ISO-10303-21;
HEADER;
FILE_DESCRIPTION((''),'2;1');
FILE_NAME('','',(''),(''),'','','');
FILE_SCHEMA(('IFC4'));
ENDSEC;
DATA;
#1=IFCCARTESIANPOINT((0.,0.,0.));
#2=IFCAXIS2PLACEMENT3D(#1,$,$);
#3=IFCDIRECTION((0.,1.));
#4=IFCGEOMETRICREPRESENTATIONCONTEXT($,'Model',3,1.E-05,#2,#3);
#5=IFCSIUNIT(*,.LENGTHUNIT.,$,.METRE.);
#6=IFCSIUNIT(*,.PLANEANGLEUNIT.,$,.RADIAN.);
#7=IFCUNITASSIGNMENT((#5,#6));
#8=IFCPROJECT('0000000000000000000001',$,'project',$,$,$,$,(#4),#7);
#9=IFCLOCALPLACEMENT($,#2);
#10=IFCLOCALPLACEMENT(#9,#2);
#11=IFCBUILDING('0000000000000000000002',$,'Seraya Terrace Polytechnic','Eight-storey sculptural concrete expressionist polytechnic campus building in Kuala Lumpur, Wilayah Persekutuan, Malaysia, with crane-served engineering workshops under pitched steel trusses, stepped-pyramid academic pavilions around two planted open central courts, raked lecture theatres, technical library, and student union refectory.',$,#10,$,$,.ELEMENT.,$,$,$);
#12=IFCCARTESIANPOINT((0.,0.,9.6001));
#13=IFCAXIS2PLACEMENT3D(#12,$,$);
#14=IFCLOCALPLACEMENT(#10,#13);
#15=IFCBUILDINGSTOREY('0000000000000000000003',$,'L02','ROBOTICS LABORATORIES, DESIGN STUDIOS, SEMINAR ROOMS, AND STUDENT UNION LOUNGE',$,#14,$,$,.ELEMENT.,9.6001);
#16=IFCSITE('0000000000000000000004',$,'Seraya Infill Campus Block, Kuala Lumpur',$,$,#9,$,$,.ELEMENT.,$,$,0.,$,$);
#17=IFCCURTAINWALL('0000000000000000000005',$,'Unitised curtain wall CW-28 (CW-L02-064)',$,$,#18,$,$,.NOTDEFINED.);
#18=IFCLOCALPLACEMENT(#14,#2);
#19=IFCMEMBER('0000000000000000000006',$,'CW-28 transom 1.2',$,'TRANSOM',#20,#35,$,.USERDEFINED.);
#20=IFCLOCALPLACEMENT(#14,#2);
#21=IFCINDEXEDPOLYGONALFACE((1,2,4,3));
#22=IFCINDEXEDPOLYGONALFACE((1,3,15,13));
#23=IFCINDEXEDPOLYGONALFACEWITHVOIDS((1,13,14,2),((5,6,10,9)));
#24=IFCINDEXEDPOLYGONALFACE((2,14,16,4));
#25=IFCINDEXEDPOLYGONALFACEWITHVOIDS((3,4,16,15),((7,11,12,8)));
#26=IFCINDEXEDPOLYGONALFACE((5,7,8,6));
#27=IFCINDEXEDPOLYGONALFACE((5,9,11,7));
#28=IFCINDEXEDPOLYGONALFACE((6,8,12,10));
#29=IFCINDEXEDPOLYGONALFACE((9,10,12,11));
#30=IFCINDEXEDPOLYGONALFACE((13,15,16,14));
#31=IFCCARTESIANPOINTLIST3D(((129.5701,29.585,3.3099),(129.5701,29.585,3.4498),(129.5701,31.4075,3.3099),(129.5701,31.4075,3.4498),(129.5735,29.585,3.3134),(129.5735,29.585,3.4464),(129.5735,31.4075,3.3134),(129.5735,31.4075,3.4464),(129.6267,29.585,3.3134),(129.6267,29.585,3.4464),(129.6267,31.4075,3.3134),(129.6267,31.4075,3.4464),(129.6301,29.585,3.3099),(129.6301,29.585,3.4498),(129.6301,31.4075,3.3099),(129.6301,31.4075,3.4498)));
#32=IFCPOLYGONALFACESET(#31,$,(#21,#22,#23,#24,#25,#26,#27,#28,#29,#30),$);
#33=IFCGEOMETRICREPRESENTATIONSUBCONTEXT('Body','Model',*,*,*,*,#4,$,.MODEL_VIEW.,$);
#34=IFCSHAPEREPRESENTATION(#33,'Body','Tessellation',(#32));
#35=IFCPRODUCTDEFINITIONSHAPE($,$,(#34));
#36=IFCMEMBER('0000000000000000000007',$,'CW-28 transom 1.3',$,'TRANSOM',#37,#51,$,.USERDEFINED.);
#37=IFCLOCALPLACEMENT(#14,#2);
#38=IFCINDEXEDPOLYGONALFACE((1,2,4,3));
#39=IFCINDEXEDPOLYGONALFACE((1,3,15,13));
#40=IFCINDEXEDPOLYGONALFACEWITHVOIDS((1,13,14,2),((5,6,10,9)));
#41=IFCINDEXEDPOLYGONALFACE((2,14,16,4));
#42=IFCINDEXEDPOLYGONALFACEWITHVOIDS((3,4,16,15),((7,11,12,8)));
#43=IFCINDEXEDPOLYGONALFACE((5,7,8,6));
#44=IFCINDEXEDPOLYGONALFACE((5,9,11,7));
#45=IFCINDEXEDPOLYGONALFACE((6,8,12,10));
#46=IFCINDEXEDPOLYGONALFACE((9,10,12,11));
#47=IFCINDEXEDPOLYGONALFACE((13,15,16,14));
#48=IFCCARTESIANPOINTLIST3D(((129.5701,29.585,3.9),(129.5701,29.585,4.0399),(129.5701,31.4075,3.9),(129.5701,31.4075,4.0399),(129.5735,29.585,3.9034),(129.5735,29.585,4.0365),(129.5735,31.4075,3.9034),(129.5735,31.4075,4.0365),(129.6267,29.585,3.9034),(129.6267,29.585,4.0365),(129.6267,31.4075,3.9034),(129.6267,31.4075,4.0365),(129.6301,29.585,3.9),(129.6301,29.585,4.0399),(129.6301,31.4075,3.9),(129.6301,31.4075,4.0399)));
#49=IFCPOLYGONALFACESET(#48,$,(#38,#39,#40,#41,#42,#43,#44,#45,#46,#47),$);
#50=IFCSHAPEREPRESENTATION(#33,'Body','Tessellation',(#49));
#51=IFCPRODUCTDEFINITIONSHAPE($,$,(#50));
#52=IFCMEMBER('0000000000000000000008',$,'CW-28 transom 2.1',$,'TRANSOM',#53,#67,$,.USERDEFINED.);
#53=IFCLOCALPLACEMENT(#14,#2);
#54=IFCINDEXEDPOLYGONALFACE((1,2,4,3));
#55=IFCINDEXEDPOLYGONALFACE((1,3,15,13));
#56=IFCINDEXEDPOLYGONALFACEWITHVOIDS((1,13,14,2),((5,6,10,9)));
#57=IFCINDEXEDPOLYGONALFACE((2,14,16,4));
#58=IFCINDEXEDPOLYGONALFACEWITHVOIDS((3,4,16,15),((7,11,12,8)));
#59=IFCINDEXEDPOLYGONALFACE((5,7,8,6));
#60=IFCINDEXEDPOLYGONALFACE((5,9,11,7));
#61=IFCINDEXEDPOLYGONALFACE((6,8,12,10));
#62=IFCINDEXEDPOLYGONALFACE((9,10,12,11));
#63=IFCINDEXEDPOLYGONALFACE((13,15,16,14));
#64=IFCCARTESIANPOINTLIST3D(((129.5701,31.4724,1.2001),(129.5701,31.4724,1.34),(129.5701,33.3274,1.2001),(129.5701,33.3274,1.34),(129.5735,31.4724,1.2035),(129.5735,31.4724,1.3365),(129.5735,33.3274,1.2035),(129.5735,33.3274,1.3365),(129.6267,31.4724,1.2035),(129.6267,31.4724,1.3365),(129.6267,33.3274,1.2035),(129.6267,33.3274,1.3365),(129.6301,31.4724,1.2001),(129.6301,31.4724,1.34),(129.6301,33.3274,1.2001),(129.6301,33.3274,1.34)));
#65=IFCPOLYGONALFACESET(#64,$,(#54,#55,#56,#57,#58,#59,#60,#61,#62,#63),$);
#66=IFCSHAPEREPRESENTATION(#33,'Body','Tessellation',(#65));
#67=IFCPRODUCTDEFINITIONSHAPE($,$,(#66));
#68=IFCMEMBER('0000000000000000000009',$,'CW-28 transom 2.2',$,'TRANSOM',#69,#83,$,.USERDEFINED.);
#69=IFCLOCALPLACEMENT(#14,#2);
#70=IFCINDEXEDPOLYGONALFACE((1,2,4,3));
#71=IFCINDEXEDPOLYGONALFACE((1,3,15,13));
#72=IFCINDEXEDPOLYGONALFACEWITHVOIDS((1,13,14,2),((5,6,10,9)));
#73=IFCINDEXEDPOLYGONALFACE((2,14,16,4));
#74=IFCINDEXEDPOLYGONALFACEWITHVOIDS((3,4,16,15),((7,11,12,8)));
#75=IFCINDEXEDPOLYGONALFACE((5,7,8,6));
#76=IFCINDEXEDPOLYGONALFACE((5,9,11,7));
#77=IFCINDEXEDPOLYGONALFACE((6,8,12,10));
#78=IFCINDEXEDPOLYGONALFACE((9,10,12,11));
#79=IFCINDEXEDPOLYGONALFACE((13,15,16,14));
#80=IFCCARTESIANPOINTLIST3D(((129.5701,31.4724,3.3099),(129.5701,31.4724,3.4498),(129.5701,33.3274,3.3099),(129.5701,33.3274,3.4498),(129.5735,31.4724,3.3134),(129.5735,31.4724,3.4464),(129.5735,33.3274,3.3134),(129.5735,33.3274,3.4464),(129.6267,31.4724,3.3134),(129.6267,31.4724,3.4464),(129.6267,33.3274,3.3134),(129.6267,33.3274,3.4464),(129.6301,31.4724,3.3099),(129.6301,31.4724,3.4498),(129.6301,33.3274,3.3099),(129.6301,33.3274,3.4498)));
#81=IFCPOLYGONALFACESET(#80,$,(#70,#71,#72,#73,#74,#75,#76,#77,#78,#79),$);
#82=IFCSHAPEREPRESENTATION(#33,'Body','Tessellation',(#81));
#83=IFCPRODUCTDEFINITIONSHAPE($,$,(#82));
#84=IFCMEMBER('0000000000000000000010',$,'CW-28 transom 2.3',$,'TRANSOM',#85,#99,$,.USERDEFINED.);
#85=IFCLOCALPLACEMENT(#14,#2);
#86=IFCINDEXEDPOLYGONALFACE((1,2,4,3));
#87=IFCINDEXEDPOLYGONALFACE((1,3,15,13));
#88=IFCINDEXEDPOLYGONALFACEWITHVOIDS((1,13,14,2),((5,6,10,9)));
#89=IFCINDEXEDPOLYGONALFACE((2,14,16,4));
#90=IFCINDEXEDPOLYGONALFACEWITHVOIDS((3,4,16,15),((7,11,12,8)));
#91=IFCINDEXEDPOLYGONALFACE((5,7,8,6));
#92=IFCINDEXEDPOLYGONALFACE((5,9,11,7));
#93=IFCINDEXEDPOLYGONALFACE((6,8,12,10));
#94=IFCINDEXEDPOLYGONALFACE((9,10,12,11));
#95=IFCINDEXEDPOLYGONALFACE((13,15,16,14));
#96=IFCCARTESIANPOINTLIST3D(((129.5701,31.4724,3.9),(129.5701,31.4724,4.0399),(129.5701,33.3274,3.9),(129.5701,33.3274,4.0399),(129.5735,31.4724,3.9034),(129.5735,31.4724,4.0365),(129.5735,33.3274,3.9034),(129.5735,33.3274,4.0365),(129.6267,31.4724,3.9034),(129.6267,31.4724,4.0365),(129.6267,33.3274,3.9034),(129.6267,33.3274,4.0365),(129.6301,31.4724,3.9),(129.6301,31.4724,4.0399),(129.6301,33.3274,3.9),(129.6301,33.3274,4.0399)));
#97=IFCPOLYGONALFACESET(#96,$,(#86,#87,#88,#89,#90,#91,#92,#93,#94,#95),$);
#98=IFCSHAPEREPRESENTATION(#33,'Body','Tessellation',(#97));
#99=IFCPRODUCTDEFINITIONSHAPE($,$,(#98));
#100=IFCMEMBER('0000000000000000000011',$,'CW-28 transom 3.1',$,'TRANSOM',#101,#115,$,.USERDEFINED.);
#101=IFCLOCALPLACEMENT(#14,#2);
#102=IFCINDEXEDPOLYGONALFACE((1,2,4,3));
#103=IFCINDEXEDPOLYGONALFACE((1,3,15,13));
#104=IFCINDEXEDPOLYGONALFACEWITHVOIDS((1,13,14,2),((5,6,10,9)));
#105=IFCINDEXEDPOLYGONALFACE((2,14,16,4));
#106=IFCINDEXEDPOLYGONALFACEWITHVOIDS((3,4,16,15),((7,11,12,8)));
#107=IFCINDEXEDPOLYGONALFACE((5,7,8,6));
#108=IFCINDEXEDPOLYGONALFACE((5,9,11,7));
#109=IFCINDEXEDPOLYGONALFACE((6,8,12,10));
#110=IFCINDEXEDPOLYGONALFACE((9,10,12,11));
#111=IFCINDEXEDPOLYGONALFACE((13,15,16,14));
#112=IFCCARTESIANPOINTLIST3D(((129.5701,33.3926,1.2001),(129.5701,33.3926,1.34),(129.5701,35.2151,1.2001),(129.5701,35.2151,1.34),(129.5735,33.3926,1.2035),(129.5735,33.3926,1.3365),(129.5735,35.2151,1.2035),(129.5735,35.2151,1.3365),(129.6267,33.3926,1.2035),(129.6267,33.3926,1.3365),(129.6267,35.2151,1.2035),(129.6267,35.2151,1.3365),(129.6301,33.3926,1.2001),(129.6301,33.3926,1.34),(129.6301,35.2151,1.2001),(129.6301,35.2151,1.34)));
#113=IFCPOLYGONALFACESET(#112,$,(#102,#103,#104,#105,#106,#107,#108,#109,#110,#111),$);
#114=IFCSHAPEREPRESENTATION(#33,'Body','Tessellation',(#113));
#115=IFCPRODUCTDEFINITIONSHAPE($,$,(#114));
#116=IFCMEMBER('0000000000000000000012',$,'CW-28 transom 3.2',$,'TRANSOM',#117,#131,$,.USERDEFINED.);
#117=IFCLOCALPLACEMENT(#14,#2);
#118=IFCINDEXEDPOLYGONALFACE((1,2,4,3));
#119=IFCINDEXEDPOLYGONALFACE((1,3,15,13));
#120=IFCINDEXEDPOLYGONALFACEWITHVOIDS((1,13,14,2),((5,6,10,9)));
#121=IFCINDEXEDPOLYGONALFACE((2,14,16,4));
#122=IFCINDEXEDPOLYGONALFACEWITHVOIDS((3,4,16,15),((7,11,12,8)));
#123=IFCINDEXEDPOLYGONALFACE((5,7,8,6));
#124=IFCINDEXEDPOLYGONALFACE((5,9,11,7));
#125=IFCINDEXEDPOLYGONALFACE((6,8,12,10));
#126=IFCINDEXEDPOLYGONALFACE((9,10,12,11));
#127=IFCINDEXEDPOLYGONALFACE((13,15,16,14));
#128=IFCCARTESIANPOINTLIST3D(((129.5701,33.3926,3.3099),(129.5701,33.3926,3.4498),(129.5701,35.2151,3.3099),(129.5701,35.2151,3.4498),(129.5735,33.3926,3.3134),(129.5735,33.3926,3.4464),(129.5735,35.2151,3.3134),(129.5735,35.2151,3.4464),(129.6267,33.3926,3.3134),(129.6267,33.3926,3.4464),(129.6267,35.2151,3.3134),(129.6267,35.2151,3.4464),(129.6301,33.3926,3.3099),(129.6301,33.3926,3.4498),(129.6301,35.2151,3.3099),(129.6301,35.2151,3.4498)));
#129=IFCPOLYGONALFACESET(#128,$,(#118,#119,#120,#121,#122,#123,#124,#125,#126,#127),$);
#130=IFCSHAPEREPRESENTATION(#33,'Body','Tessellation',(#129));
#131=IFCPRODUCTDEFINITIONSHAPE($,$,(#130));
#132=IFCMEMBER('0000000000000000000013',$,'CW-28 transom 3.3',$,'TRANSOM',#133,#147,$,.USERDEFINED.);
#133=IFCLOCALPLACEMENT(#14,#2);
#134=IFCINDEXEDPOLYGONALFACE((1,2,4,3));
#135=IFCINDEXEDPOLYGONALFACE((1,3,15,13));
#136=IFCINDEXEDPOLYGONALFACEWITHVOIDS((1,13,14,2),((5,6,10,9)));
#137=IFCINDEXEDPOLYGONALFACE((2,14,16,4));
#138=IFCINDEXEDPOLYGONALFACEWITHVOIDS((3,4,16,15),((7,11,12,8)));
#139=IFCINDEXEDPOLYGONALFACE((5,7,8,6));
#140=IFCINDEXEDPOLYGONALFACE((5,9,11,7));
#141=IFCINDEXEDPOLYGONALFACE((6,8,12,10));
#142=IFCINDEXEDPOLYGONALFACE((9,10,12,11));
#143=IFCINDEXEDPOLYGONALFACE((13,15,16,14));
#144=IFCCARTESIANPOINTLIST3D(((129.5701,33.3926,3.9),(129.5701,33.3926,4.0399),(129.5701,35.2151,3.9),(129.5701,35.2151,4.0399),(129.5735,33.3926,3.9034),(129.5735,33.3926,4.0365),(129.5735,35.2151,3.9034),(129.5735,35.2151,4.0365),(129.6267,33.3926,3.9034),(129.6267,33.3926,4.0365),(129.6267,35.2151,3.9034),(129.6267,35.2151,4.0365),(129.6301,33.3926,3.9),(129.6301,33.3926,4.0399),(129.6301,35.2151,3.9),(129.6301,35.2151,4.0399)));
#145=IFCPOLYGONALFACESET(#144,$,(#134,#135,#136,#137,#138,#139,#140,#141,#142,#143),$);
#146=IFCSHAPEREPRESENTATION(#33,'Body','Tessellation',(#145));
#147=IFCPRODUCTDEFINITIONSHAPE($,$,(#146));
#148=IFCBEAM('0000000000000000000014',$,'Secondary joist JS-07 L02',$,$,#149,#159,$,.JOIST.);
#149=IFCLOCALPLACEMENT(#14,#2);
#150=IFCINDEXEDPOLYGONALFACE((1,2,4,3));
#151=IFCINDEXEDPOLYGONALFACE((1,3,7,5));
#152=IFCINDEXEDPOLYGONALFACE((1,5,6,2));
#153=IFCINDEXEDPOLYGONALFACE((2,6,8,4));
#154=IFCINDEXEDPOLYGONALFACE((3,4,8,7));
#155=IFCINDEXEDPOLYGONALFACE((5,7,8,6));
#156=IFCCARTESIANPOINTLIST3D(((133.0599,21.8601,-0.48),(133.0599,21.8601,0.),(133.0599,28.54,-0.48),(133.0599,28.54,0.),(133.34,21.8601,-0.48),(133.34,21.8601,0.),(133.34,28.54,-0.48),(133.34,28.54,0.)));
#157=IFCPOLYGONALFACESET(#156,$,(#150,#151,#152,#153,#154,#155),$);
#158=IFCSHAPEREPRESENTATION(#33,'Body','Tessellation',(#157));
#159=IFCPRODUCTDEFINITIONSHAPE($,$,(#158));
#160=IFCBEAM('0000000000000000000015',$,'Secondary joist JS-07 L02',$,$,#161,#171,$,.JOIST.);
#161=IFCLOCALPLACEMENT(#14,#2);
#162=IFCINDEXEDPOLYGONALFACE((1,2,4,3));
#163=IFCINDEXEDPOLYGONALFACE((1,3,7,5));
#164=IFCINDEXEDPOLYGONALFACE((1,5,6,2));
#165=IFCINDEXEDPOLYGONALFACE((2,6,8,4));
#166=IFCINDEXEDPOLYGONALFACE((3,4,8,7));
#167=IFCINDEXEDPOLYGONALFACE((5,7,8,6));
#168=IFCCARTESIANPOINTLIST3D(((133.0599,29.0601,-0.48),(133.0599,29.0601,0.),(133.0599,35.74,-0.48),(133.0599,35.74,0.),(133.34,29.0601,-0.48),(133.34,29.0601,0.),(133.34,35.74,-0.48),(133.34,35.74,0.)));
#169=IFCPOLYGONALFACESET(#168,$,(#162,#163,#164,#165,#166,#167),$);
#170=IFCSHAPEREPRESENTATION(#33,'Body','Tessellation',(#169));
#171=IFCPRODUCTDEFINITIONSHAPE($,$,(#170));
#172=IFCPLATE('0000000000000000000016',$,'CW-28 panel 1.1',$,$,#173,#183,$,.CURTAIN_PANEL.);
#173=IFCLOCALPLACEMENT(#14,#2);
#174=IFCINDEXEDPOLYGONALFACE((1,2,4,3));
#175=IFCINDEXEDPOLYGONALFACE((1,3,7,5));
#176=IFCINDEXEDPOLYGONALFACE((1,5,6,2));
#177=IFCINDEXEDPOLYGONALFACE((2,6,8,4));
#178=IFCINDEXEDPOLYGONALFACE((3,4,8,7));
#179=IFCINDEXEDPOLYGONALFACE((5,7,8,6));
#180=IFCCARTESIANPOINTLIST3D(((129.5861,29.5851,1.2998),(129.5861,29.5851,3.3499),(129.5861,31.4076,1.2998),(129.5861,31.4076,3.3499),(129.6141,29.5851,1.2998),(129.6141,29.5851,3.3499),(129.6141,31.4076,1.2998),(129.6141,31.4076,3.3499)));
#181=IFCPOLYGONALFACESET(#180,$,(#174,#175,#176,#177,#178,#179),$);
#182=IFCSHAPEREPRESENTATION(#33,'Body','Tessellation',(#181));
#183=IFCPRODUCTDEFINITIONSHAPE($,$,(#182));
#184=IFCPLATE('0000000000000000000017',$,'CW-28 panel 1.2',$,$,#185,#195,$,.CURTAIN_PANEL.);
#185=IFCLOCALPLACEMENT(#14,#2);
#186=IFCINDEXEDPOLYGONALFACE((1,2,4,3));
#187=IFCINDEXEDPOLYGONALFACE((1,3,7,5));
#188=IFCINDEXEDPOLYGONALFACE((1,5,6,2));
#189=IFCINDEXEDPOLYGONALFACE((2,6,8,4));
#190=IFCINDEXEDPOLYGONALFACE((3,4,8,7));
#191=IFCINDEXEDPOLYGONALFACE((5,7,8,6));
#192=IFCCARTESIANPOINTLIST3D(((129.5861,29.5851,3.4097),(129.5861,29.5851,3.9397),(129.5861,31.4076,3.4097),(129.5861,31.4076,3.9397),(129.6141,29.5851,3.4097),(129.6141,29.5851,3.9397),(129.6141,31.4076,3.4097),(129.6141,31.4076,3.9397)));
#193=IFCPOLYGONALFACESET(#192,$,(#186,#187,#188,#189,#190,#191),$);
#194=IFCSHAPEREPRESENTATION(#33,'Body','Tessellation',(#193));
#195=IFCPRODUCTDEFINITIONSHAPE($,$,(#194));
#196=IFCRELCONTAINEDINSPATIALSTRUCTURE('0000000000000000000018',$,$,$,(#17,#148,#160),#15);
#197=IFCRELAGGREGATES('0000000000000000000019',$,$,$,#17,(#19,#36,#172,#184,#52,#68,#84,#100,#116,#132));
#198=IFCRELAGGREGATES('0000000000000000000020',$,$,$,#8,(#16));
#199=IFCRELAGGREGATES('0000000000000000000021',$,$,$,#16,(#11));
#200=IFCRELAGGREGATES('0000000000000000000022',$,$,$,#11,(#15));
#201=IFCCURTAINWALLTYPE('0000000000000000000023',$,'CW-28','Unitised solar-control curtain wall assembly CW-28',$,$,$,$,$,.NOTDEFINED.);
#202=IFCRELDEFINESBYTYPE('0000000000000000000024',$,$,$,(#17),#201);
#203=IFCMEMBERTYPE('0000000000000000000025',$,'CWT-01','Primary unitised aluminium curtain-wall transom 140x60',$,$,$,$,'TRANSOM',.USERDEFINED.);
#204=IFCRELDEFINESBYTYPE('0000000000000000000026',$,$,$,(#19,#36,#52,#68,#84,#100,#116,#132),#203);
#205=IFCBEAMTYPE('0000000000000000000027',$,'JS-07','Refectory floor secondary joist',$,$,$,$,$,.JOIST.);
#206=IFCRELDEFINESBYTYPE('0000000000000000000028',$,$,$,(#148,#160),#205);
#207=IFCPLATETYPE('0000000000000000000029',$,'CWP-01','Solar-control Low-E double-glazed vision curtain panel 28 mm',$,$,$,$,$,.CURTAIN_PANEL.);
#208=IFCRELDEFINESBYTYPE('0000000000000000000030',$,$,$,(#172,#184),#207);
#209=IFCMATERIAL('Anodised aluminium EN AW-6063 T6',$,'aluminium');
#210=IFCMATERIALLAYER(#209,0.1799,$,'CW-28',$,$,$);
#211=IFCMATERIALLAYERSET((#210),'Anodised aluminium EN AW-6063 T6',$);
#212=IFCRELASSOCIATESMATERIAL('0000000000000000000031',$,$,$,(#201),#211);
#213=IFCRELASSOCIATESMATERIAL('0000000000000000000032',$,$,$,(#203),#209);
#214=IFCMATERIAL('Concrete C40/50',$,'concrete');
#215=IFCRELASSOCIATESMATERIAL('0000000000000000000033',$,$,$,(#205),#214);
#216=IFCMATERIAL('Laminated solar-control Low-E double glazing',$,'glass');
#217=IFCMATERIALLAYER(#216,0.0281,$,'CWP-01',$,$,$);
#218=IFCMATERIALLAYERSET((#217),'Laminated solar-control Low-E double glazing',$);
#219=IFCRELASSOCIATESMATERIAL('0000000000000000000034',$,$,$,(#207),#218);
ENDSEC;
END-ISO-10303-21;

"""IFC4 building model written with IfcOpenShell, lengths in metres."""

from ifc_helpers import new_model, si_unit, direction, frame, origin, origin_2d, place, context, subcontext, project, spatial, rectangle, hollow_rectangle, extrude, material, layer, layer_set, material_profile, profile_set, type_object, element, aggregate, save


model = new_model("IFC4")

# Units and contexts
model_context = context("Model", 3, precision=1e-05, world=origin(), true_north=direction((0.0, 1.0)))
body_context = subcontext(model_context, "Body", "Model", "MODEL_VIEW")
ifc_project = project(units=[si_unit("LENGTHUNIT", "METRE"), si_unit("PLANEANGLEUNIT", "RADIAN")], contexts=[model_context])

# Site, building, storey
site_placement = place(None, origin())
site = spatial("IfcSite", under=ifc_project, at=site_placement, Name="Seraya Infill Campus Block, Kuala Lumpur", CompositionType="ELEMENT", RefElevation=0.0)
building_placement = place(site_placement, origin())
building = spatial("IfcBuilding", under=site, at=building_placement, Name="Seraya Terrace Polytechnic", Description="Eight-storey sculptural concrete expressionist polytechnic campus building in Kuala Lumpur, Wilayah Persekutuan, Malaysia, with crane-served engineering workshops under pitched steel trusses, stepped-pyramid academic pavilions around two planted open central courts, raked lecture theatres, technical library, and student union refectory.", CompositionType="ELEMENT")
storey_placement = place(building_placement, frame((0.0, 0.0, 9.6001)))
storey = spatial("IfcBuildingStorey", under=building, at=storey_placement, Name="L02", Description="ROBOTICS LABORATORIES, DESIGN STUDIOS, SEMINAR ROOMS, AND STUDENT UNION LOUNGE", CompositionType="ELEMENT", Elevation=9.6001)

# Shared definitions
ifc_material_1 = material(Name="Concrete C40/50", Category="concrete")

# Curtain wall, members
ifc_material_2 = material(Name="Anodised aluminium EN AW-6063 T6", Category="aluminium")
ifc_layer_1 = layer(ifc_material_2, 0.1799, Name="CW-28")
ifc_layer_set_1 = layer_set([ifc_layer_1], Name="Anodised aluminium EN AW-6063 T6")
curtain_wall_type = type_object("IfcCurtainWallType", Name="CW-28", Description="Unitised solar-control curtain wall assembly CW-28", PredefinedType="NOTDEFINED", material=ifc_layer_set_1)
curtain_wall_placement = place(storey_placement, origin())
curtain_wall = element("IfcCurtainWall", 1, at=curtain_wall_placement, inside=storey, type_object=curtain_wall_type, Name="Unitised curtain wall CW-28 (CW-L02-064)", PredefinedType="NOTDEFINED")
ifc_material_profile_1 = material_profile(ifc_material_2, hollow_rectangle(XDim=0.0601, YDim=0.1399, WallThickness=0.0034, at=origin_2d()), Name="RHS 140x60x3.5")
ifc_profile_set_1 = profile_set([ifc_material_profile_1], Name="Anodised aluminium EN AW-6063 T6")
member_type_1 = type_object("IfcMemberType", Name="CWT-01", Description="Primary unitised aluminium curtain-wall transom 140x60", ElementType="TRANSOM", PredefinedType="USERDEFINED", material=ifc_profile_set_1)
member_1_placement = place(storey_placement, frame((129.6001, 29.585, 3.3799), z_axis=(0.0, 1.0, 0.0), x_axis=(-1.0, 0.0, 0.0)))
member_1 = element("IfcMember", 2, at=member_1_placement, type_object=member_type_1, Name="CW-28 transom 1.2", ObjectType="TRANSOM", PredefinedType="USERDEFINED", context=body_context, shape_type="SweptSolid", body=[
    extrude(hollow_rectangle(XDim=0.0601, YDim=0.1399, WallThickness=0.0034, at=origin_2d()), origin(), (0.0, 0.0, 1.0), 1.8225),
])
member_2_placement = place(storey_placement, frame((129.6001, 29.585, 3.97), z_axis=(0.0, 1.0, 0.0), x_axis=(-1.0, 0.0, 0.0)))
member_2 = element("IfcMember", 3, at=member_2_placement, type_object=member_type_1, Name="CW-28 transom 1.3", ObjectType="TRANSOM", PredefinedType="USERDEFINED", context=body_context, shape_type="SweptSolid", body=[
    extrude(hollow_rectangle(XDim=0.0601, YDim=0.1399, WallThickness=0.0034, at=origin_2d()), origin(), (0.0, 0.0, 1.0), 1.8225),
])
member_3_placement = place(storey_placement, frame((129.6001, 31.4724, 1.27), z_axis=(0.0, 1.0, 0.0), x_axis=(-1.0, 0.0, 0.0)))
member_3 = element("IfcMember", 4, at=member_3_placement, type_object=member_type_1, Name="CW-28 transom 2.1", ObjectType="TRANSOM", PredefinedType="USERDEFINED", context=body_context, shape_type="SweptSolid", body=[
    extrude(hollow_rectangle(XDim=0.0601, YDim=0.1399, WallThickness=0.0034, at=origin_2d()), origin(), (0.0, 0.0, 1.0), 1.855),
])
member_4_placement = place(storey_placement, frame((129.6001, 31.4724, 3.3799), z_axis=(0.0, 1.0, 0.0), x_axis=(-1.0, 0.0, 0.0)))
member_4 = element("IfcMember", 5, at=member_4_placement, type_object=member_type_1, Name="CW-28 transom 2.2", ObjectType="TRANSOM", PredefinedType="USERDEFINED", context=body_context, shape_type="SweptSolid", body=[
    extrude(hollow_rectangle(XDim=0.0601, YDim=0.1399, WallThickness=0.0034, at=origin_2d()), origin(), (0.0, 0.0, 1.0), 1.855),
])
member_5_placement = place(storey_placement, frame((129.6001, 31.4724, 3.97), z_axis=(0.0, 1.0, 0.0), x_axis=(-1.0, 0.0, 0.0)))
member_5 = element("IfcMember", 6, at=member_5_placement, type_object=member_type_1, Name="CW-28 transom 2.3", ObjectType="TRANSOM", PredefinedType="USERDEFINED", context=body_context, shape_type="SweptSolid", body=[
    extrude(hollow_rectangle(XDim=0.0601, YDim=0.1399, WallThickness=0.0034, at=origin_2d()), origin(), (0.0, 0.0, 1.0), 1.855),
])
member_6_placement = place(storey_placement, frame((129.6001, 33.3926, 1.27), z_axis=(0.0, 1.0, 0.0), x_axis=(-1.0, 0.0, 0.0)))
member_6 = element("IfcMember", 7, at=member_6_placement, type_object=member_type_1, Name="CW-28 transom 3.1", ObjectType="TRANSOM", PredefinedType="USERDEFINED", context=body_context, shape_type="SweptSolid", body=[
    extrude(hollow_rectangle(XDim=0.0601, YDim=0.1399, WallThickness=0.0034, at=origin_2d()), origin(), (0.0, 0.0, 1.0), 1.8225),
])
member_7_placement = place(storey_placement, frame((129.6001, 33.3926, 3.3799), z_axis=(0.0, 1.0, 0.0), x_axis=(-1.0, 0.0, 0.0)))
member_7 = element("IfcMember", 8, at=member_7_placement, type_object=member_type_1, Name="CW-28 transom 3.2", ObjectType="TRANSOM", PredefinedType="USERDEFINED", context=body_context, shape_type="SweptSolid", body=[
    extrude(hollow_rectangle(XDim=0.0601, YDim=0.1399, WallThickness=0.0034, at=origin_2d()), origin(), (0.0, 0.0, 1.0), 1.8225),
])
member_8_placement = place(storey_placement, frame((129.6001, 33.3926, 3.97), z_axis=(0.0, 1.0, 0.0), x_axis=(-1.0, 0.0, 0.0)))
member_8 = element("IfcMember", 9, at=member_8_placement, type_object=member_type_1, Name="CW-28 transom 3.3", ObjectType="TRANSOM", PredefinedType="USERDEFINED", context=body_context, shape_type="SweptSolid", body=[
    extrude(hollow_rectangle(XDim=0.0601, YDim=0.1399, WallThickness=0.0034, at=origin_2d()), origin(), (0.0, 0.0, 1.0), 1.8225),
])

# Beams
ifc_material_profile_2 = material_profile(ifc_material_1, rectangle(XDim=0.28, YDim=0.48, at=origin_2d()), Name="RC 280x480")
ifc_profile_set_2 = profile_set([ifc_material_profile_2], Name="Concrete C40/50")
beam_type_1 = type_object("IfcBeamType", Name="JS-07", Description="Refectory floor secondary joist", PredefinedType="JOIST", material=ifc_profile_set_2)
for number, where, z_axis, x_axis, name in (
    (10, (133.2, 21.8601, -0.24), (0.0, 1.0, 0.0), (-1.0, 0.0, 0.0), "Secondary joist JS-07 L02"),
    (11, (133.2, 29.0601, -0.24), (0.0, 1.0, 0.0), (-1.0, 0.0, 0.0), "Secondary joist JS-07 L02"),
):
    element("IfcBeam", number, at=place(storey_placement, frame(where, z_axis=z_axis, x_axis=x_axis)), inside=storey, type_object=beam_type_1, Name=name, PredefinedType="JOIST", context=body_context, shape_type="SweptSolid", body=[
        extrude(rectangle(XDim=0.28, YDim=0.48, at=origin_2d()), origin(), (0.0, 0.0, 1.0), 6.6799),
    ])

# Plates
ifc_material_3 = material(Name="Laminated solar-control Low-E double glazing", Category="glass")
ifc_layer_2 = layer(ifc_material_3, 0.0281, Name="CWP-01")
ifc_layer_set_2 = layer_set([ifc_layer_2], Name="Laminated solar-control Low-E double glazing")
plate_type = type_object("IfcPlateType", Name="CWP-01", Description="Solar-control Low-E double-glazed vision curtain panel 28 mm", PredefinedType="CURTAIN_PANEL", material=ifc_layer_set_2)
plate_1_placement = place(storey_placement, frame((129.6001, 30.4963, 1.2998), z_axis=(0.0, 0.0, 1.0), x_axis=(0.0, 1.0, 0.0)))
plate_1 = element("IfcPlate", 12, at=plate_1_placement, type_object=plate_type, Name="CW-28 panel 1.1", PredefinedType="CURTAIN_PANEL", context=body_context, shape_type="SweptSolid", body=[
    extrude(rectangle(XDim=1.8225, YDim=0.0281, at=origin_2d()), origin(), (0.0, 0.0, 1.0), 2.05),
])
plate_2_placement = place(storey_placement, frame((129.6001, 30.4963, 3.4097), z_axis=(0.0, 0.0, 1.0), x_axis=(0.0, 1.0, 0.0)))
plate_2 = element("IfcPlate", 13, at=plate_2_placement, type_object=plate_type, Name="CW-28 panel 1.2", PredefinedType="CURTAIN_PANEL", context=body_context, shape_type="SweptSolid", body=[
    extrude(rectangle(XDim=1.8225, YDim=0.0281, at=origin_2d()), origin(), (0.0, 0.0, 1.0), 0.53),
])
aggregate(curtain_wall, [member_1, member_2, plate_1, plate_2, member_3, member_4, member_5, member_6, member_7, member_8])

save(model, "model.ifc")
